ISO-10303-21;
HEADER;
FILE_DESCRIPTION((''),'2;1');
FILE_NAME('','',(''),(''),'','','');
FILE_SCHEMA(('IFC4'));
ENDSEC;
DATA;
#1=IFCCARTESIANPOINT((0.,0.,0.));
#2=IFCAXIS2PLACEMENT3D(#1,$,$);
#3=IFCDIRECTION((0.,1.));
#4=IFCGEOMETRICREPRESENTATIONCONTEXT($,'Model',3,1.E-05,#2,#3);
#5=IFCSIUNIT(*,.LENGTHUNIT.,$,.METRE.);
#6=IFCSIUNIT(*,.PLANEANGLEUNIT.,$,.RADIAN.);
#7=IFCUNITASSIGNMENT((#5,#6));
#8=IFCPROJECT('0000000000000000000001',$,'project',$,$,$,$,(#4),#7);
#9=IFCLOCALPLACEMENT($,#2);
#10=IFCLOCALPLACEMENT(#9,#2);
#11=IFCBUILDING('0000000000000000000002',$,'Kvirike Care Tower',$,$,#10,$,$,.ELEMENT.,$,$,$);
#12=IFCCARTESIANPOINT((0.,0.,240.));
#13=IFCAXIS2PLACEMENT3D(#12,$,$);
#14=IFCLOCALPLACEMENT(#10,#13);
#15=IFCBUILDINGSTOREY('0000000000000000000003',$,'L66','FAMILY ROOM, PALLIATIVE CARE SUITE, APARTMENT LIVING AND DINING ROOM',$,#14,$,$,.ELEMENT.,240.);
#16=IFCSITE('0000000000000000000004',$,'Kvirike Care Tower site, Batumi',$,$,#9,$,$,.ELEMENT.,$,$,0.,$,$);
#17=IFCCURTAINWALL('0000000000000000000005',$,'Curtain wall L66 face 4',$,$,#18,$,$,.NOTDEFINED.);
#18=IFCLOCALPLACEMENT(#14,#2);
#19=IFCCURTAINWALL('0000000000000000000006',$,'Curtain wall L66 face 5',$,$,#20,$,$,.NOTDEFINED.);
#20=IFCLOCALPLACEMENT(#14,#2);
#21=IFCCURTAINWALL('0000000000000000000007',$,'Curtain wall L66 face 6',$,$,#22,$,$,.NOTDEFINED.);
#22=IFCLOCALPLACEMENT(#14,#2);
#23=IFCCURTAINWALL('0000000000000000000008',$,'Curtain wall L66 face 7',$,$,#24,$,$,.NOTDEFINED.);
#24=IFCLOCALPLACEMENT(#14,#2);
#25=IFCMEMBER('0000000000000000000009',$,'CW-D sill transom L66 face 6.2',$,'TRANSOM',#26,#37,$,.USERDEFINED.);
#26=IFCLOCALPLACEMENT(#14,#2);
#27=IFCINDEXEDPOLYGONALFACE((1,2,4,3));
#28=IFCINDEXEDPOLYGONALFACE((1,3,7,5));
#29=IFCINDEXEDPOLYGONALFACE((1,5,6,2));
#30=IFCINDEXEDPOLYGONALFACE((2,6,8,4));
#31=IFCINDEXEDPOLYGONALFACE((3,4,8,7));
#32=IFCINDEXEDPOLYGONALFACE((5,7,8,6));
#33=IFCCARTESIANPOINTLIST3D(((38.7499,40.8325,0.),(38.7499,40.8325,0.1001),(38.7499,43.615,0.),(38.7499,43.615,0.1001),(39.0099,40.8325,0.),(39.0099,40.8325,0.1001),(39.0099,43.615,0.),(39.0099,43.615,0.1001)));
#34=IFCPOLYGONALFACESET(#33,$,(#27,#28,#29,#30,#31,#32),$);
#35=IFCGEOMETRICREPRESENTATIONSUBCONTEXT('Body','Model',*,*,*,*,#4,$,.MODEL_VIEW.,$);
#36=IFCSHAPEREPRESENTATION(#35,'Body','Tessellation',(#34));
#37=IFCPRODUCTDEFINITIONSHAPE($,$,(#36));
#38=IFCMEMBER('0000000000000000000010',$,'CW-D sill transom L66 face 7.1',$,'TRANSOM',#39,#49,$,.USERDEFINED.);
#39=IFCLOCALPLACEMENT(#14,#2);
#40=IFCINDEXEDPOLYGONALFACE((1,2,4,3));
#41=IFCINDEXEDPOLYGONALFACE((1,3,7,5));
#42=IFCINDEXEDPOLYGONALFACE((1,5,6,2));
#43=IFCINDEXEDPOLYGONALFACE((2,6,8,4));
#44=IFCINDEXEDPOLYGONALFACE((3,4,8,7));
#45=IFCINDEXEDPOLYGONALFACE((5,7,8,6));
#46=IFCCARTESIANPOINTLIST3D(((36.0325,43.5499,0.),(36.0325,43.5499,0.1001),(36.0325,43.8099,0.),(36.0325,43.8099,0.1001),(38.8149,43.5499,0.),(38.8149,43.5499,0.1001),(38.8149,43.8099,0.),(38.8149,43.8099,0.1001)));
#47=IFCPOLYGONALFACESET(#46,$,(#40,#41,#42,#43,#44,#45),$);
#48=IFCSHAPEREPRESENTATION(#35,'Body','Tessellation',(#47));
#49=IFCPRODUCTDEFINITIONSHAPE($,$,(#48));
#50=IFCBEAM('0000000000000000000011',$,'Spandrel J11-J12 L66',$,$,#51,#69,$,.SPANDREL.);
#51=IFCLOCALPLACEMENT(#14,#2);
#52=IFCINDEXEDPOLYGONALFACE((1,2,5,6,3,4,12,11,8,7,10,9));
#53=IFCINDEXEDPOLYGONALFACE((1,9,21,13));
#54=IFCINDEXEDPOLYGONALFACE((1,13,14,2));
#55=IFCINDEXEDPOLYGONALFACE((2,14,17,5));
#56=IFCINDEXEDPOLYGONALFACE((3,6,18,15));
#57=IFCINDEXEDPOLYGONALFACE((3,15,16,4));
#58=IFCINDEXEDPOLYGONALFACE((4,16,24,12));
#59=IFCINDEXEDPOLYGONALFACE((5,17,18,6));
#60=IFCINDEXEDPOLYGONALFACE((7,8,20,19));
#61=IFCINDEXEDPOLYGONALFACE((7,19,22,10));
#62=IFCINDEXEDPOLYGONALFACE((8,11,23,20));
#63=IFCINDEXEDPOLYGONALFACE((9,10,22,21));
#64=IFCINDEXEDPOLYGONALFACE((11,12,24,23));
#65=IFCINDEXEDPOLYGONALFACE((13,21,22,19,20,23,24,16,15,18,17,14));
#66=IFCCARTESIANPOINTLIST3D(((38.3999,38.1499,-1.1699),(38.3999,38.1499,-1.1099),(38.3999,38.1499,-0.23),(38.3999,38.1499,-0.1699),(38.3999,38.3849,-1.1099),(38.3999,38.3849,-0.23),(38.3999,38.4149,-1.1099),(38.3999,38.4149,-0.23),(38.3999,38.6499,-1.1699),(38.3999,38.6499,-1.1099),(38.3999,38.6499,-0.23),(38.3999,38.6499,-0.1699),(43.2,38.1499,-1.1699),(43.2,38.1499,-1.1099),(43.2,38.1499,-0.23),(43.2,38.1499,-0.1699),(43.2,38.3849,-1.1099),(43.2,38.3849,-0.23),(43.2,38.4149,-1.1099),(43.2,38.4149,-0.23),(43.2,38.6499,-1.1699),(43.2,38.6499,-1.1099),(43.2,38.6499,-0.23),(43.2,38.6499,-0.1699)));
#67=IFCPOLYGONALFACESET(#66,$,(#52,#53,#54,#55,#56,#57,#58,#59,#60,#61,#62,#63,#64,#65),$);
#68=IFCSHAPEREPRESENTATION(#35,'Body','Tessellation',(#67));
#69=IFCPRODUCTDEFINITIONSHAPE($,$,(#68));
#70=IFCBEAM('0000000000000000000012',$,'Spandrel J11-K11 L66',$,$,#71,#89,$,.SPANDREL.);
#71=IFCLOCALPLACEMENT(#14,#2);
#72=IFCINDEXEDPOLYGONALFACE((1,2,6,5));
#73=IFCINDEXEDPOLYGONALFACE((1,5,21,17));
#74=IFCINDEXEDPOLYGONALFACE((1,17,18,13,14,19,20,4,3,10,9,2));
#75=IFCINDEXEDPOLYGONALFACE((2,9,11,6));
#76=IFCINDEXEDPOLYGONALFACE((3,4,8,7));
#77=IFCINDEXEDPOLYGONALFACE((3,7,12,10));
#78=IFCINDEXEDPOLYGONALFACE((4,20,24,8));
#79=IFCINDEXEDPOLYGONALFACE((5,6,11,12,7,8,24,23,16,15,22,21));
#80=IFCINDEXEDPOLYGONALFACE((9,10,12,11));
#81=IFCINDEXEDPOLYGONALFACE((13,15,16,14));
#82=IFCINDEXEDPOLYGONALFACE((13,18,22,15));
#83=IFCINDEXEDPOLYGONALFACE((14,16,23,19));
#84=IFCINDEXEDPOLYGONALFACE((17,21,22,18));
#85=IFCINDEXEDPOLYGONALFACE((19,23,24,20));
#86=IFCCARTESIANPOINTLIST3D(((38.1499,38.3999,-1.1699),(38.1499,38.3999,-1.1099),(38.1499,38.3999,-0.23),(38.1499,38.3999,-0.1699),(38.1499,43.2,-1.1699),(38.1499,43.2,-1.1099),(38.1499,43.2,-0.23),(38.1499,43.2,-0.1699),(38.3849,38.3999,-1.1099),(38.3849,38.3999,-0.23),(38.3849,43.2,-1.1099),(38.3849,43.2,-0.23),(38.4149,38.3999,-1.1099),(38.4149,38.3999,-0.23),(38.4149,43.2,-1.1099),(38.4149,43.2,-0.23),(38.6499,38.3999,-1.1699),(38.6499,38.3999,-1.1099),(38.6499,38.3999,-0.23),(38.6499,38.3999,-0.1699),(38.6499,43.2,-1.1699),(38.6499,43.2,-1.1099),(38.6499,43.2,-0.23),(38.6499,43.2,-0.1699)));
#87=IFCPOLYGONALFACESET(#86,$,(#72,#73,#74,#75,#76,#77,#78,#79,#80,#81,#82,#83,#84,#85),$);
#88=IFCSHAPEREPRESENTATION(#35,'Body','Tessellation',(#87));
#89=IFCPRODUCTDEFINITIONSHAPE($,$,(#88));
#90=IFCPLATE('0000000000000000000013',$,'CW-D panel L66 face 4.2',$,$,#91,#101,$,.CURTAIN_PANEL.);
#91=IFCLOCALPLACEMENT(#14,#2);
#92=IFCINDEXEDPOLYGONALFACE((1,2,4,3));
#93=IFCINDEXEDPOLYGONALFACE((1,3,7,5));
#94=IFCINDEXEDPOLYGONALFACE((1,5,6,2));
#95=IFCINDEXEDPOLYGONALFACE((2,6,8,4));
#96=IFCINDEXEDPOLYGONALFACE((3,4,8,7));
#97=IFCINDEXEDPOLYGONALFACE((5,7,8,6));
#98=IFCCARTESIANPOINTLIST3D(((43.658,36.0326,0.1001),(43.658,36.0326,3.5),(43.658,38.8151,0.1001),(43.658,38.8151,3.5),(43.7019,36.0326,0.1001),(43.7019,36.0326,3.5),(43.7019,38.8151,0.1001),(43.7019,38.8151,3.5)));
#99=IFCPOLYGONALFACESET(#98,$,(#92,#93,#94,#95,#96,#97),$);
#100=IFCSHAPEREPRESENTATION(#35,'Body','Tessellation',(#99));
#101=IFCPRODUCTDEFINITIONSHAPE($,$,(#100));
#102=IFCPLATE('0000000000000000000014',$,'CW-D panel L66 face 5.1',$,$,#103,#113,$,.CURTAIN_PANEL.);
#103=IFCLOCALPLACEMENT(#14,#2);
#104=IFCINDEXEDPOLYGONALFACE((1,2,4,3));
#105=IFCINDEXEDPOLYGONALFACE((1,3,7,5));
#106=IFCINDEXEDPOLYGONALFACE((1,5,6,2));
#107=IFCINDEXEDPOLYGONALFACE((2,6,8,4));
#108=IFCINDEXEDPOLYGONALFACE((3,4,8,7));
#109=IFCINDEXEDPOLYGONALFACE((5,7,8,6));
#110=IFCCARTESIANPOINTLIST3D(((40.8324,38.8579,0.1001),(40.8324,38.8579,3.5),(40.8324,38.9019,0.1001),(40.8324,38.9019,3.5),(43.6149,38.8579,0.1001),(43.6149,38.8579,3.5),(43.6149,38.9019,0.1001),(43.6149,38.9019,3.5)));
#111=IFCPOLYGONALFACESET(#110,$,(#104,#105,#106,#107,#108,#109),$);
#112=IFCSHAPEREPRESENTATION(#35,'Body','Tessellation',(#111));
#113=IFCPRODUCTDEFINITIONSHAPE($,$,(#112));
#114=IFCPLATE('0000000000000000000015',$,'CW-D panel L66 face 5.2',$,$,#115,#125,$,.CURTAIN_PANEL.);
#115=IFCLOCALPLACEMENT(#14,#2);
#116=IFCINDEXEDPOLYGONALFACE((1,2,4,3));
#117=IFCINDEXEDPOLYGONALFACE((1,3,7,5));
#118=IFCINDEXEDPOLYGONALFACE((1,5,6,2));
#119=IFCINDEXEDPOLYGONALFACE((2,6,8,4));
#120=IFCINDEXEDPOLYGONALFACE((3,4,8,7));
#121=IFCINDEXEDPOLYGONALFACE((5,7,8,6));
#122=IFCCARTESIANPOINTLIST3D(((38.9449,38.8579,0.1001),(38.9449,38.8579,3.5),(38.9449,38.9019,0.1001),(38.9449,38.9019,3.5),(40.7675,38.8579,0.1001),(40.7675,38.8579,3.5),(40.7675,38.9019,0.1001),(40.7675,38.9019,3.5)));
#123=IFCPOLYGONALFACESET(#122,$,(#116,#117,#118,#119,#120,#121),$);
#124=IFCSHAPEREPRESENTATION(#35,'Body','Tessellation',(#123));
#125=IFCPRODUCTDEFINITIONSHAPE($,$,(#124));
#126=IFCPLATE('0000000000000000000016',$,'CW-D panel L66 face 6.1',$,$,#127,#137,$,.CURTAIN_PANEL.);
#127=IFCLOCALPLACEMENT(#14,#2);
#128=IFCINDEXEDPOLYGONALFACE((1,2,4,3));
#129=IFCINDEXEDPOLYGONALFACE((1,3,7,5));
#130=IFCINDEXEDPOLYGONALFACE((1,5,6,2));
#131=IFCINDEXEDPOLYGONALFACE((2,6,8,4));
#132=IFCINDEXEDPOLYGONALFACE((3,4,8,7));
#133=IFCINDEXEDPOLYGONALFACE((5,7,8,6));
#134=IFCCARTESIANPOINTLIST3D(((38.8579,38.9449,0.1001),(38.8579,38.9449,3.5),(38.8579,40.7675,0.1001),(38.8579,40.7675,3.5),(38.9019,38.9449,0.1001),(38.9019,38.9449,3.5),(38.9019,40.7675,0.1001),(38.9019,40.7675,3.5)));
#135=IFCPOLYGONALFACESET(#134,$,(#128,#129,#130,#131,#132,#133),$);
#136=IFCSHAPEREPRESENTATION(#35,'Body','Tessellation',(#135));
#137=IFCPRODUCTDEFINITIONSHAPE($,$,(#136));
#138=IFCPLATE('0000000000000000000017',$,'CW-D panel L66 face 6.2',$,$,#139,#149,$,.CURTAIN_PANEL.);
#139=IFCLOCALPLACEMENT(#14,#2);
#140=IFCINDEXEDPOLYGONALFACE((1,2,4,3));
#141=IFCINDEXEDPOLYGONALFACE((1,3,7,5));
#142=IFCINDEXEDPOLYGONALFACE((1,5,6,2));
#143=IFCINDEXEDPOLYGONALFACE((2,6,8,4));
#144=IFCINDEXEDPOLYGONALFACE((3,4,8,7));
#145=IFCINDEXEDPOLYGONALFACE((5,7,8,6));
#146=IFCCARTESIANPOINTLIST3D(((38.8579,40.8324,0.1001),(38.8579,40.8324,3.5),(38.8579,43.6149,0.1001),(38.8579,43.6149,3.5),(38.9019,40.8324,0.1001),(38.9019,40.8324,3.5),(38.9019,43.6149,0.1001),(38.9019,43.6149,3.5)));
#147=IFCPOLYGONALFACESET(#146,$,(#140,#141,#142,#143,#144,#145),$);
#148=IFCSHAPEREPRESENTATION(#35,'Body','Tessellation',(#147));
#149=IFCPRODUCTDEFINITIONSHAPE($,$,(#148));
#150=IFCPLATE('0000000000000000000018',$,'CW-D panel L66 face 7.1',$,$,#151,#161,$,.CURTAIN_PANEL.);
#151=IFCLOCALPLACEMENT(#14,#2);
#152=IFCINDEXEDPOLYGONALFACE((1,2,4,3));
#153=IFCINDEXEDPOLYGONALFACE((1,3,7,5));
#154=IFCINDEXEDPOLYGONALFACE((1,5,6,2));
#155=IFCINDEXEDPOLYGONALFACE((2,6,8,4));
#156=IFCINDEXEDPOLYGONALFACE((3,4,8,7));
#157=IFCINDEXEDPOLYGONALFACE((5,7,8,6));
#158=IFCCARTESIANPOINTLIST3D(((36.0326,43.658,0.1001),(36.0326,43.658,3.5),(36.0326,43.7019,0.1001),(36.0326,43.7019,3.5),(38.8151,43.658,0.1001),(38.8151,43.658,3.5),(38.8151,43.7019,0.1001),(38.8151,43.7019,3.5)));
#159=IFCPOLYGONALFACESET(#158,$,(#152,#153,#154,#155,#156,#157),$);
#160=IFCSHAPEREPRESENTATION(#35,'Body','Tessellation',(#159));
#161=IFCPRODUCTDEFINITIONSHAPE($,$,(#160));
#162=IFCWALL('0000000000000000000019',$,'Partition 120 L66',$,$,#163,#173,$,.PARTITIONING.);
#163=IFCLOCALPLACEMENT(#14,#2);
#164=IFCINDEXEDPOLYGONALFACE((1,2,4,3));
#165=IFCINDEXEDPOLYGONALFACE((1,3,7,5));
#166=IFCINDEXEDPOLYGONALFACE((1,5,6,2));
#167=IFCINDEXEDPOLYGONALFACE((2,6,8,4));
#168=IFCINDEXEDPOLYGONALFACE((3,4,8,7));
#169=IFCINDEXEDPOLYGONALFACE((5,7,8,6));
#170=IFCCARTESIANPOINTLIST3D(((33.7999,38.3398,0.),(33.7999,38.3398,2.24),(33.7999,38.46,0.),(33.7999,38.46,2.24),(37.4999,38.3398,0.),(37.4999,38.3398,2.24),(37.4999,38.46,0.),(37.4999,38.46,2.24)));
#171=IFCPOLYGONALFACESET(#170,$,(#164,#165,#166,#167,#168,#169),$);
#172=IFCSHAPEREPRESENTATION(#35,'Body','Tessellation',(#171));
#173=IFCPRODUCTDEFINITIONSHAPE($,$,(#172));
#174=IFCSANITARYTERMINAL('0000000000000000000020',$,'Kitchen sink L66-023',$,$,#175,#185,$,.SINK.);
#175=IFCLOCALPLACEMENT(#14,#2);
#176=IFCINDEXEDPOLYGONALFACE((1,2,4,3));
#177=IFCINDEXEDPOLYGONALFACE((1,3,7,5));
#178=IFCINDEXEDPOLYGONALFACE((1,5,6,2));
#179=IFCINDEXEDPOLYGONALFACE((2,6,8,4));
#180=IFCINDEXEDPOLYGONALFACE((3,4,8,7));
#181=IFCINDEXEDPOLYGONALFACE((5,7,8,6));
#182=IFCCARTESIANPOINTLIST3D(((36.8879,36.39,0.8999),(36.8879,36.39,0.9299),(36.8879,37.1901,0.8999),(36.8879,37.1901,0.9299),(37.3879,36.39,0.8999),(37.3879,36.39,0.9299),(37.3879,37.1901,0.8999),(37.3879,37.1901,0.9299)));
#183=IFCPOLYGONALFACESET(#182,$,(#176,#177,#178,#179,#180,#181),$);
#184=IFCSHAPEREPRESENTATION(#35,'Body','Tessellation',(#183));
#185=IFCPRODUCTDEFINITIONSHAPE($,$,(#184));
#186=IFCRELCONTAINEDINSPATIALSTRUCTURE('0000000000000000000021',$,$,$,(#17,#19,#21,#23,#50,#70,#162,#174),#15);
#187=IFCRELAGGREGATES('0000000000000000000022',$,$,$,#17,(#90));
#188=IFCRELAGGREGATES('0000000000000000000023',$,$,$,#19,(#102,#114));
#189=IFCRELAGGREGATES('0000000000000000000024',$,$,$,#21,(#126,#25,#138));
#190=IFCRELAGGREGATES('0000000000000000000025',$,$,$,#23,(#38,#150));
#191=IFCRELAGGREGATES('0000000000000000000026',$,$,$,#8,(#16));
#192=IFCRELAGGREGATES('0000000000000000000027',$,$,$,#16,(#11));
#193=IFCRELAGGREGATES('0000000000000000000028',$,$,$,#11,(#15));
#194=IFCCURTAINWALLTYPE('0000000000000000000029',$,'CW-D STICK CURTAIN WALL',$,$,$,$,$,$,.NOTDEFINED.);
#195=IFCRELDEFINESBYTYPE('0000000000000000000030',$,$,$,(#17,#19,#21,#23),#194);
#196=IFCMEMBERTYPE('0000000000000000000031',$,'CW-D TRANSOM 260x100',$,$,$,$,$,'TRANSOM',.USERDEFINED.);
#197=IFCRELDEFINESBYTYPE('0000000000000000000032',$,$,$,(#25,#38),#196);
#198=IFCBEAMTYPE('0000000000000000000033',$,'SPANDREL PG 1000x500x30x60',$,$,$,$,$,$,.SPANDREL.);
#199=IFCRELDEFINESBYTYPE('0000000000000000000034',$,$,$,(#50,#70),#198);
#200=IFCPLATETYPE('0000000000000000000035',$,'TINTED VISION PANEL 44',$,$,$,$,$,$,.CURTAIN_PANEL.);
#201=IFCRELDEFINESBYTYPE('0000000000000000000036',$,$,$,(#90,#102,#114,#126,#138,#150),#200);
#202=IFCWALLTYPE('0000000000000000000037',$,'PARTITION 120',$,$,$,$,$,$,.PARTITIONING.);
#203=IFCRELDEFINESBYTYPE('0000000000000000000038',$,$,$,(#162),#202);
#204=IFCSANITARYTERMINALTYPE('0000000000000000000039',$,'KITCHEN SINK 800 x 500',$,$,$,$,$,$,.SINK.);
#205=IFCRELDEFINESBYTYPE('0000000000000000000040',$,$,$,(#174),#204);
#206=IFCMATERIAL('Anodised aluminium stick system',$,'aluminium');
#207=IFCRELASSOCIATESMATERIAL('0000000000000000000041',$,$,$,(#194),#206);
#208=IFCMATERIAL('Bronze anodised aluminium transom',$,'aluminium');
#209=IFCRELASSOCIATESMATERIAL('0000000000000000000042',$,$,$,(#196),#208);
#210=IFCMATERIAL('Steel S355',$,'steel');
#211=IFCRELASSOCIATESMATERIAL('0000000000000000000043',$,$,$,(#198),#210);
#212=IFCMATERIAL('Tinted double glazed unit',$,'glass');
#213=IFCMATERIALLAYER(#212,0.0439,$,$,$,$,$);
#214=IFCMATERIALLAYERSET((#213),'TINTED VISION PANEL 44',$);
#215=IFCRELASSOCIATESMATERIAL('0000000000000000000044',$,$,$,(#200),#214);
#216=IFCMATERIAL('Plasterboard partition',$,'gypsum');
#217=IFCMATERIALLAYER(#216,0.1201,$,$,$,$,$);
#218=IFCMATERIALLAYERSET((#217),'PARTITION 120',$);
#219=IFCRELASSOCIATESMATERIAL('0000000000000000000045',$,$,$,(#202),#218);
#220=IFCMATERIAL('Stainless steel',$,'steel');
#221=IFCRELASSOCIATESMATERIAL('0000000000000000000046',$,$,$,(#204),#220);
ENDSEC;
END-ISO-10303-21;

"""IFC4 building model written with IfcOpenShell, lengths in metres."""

from ifc_helpers import new_model, si_unit, direction, frame, frame_2d, origin, origin_2d, place, context, subcontext, project, spatial, rectangle, i_section, extrude, material, layer, layer_set, material_profile, profile_set, type_object, element, aggregate, save


model = new_model("IFC4")

# Units and contexts
model_context = context("Model", 3, precision=1e-05, world=origin(), true_north=direction((0.0, 1.0)))
body_context = subcontext(model_context, "Body", "Model", "MODEL_VIEW")
ifc_project = project(units=[si_unit("LENGTHUNIT", "METRE"), si_unit("PLANEANGLEUNIT", "RADIAN")], contexts=[model_context])

# Site, building, storey
site_placement = place(None, origin())
site = spatial("IfcSite", under=ifc_project, at=site_placement, Name="Kvirike Care Tower site, Batumi", CompositionType="ELEMENT", RefElevation=0.0)
building_placement = place(site_placement, origin())
building = spatial("IfcBuilding", under=site, at=building_placement, Name="Kvirike Care Tower", CompositionType="ELEMENT")
storey_placement = place(building_placement, frame((0.0, 0.0, 240.0)))
storey = spatial("IfcBuildingStorey", under=building, at=storey_placement, Name="L66", Description="FAMILY ROOM, PALLIATIVE CARE SUITE, APARTMENT LIVING AND DINING ROOM", CompositionType="ELEMENT", Elevation=240.0)

# Curtain wall
ifc_material_1 = material(Name="Anodised aluminium stick system", Category="aluminium")
curtain_wall_type = type_object("IfcCurtainWallType", Name="CW-D STICK CURTAIN WALL", PredefinedType="NOTDEFINED", material=ifc_material_1)
curtain_wall_1_placement = place(storey_placement, origin())
curtain_wall_1 = element("IfcCurtainWall", 1, at=curtain_wall_1_placement, inside=storey, type_object=curtain_wall_type, Name="Curtain wall L66 face 4", PredefinedType="NOTDEFINED")

# Curtain walls
curtain_wall_2_placement = place(storey_placement, origin())
curtain_wall_2 = element("IfcCurtainWall", 2, at=curtain_wall_2_placement, inside=storey, type_object=curtain_wall_type, Name="Curtain wall L66 face 5", PredefinedType="NOTDEFINED")
curtain_wall_3_placement = place(storey_placement, origin())
curtain_wall_3 = element("IfcCurtainWall", 3, at=curtain_wall_3_placement, inside=storey, type_object=curtain_wall_type, Name="Curtain wall L66 face 6", PredefinedType="NOTDEFINED")

# Curtain wall
curtain_wall_4_placement = place(storey_placement, origin())
curtain_wall_4 = element("IfcCurtainWall", 4, at=curtain_wall_4_placement, inside=storey, type_object=curtain_wall_type, Name="Curtain wall L66 face 7", PredefinedType="NOTDEFINED")

# Members
ifc_material_2 = material(Name="Bronze anodised aluminium transom", Category="aluminium")
ifc_material_profile_1 = material_profile(ifc_material_2, rectangle(XDim=0.26, YDim=0.1001, at=origin_2d()), Name="CW-D TRANSOM 260x100")
ifc_profile_set_1 = profile_set([ifc_material_profile_1], Name="Bronze anodised aluminium transom")
member_type_1 = type_object("IfcMemberType", Name="CW-D TRANSOM 260x100", ElementType="TRANSOM", PredefinedType="USERDEFINED", material=ifc_profile_set_1)
member_1_placement = place(storey_placement, frame((38.8799, 40.8325, 0.05), z_axis=(0.0, 1.0, 0.0), x_axis=(-1.0, 0.0, 0.0)))
member_1 = element("IfcMember", 5, at=member_1_placement, type_object=member_type_1, Name="CW-D sill transom L66 face 6.2", ObjectType="TRANSOM", PredefinedType="USERDEFINED", context=body_context, shape_type="SweptSolid", body=[
    extrude(rectangle(XDim=0.26, YDim=0.1001, at=origin_2d()), origin(), (0.0, 0.0, 1.0), 2.7825),
])
member_2_placement = place(storey_placement, frame((38.8149, 43.6799, 0.05), z_axis=(-1.0, 0.0, 0.0), x_axis=(0.0, -1.0, 0.0)))
member_2 = element("IfcMember", 6, at=member_2_placement, type_object=member_type_1, Name="CW-D sill transom L66 face 7.1", ObjectType="TRANSOM", PredefinedType="USERDEFINED", context=body_context, shape_type="SweptSolid", body=[
    extrude(rectangle(XDim=0.26, YDim=0.1001, at=origin_2d()), origin(), (0.0, 0.0, 1.0), 2.7825),
])

# Beams
ifc_material_3 = material(Name="Steel S355", Category="steel")
ifc_material_profile_2 = material_profile(ifc_material_3, i_section(OverallWidth=0.5, OverallDepth=1.0, WebThickness=0.03, FlangeThickness=0.0601, at=origin_2d()), Name="PG 1000x500x30x60")
ifc_profile_set_2 = profile_set([ifc_material_profile_2], Name="Steel S355")
beam_type = type_object("IfcBeamType", Name="SPANDREL PG 1000x500x30x60", PredefinedType="SPANDREL", material=ifc_profile_set_2)
for number, where, z_axis, x_axis, name in (
    (7, (38.3999, 38.3999, -0.6699), (1.0, 0.0, 0.0), (0.0, 1.0, 0.0), "Spandrel J11-J12 L66"),
    (8, (38.3999, 38.3999, -0.6699), (0.0, 1.0, 0.0), (-1.0, 0.0, 0.0), "Spandrel J11-K11 L66"),
):
    element("IfcBeam", number, at=place(storey_placement, frame(where, z_axis=z_axis, x_axis=x_axis)), inside=storey, type_object=beam_type, Name=name, PredefinedType="SPANDREL", context=body_context, shape_type="SweptSolid", body=[
        extrude(i_section(OverallWidth=0.5, OverallDepth=1.0, WebThickness=0.03, FlangeThickness=0.0601, at=origin_2d()), origin(), (0.0, 0.0, 1.0), 4.8),
    ])

# Plates
ifc_material_4 = material(Name="Tinted double glazed unit", Category="glass")
ifc_layer_1 = layer(ifc_material_4, 0.0439)
ifc_layer_set_1 = layer_set([ifc_layer_1], Name="TINTED VISION PANEL 44")
plate_type = type_object("IfcPlateType", Name="TINTED VISION PANEL 44", PredefinedType="CURTAIN_PANEL", material=ifc_layer_set_1)
plate_1_placement = place(storey_placement, frame((43.6799, 37.4238, 0.1001), z_axis=(0.0, 0.0, 1.0), x_axis=(0.0, 1.0, 0.0)))
plate_1 = element("IfcPlate", 9, at=plate_1_placement, type_object=plate_type, Name="CW-D panel L66 face 4.2", PredefinedType="CURTAIN_PANEL", context=body_context, shape_type="SweptSolid", body=[
    extrude(rectangle(XDim=2.7825, YDim=0.0439, at=origin_2d()), origin(), (0.0, 0.0, 1.0), 3.3999),
])
aggregate(curtain_wall_1, [plate_1])
plate_2_placement = place(storey_placement, frame((42.2236, 38.8799, 0.1001), z_axis=(0.0, 0.0, 1.0), x_axis=(-1.0, 0.0, 0.0)))
plate_2 = element("IfcPlate", 10, at=plate_2_placement, type_object=plate_type, Name="CW-D panel L66 face 5.1", PredefinedType="CURTAIN_PANEL", context=body_context, shape_type="SweptSolid", body=[
    extrude(rectangle(XDim=2.7825, YDim=0.0439, at=origin_2d()), origin(), (0.0, 0.0, 1.0), 3.3999),
])
plate_3_placement = place(storey_placement, frame((39.8562, 38.8799, 0.1001), z_axis=(0.0, 0.0, 1.0), x_axis=(-1.0, 0.0, 0.0)))
plate_3 = element("IfcPlate", 11, at=plate_3_placement, type_object=plate_type, Name="CW-D panel L66 face 5.2", PredefinedType="CURTAIN_PANEL", context=body_context, shape_type="SweptSolid", body=[
    extrude(rectangle(XDim=1.8225, YDim=0.0439, at=origin_2d()), origin(), (0.0, 0.0, 1.0), 3.3999),
])
aggregate(curtain_wall_2, [plate_2, plate_3])
plate_4_placement = place(storey_placement, frame((38.8799, 39.8562, 0.1001), z_axis=(0.0, 0.0, 1.0), x_axis=(0.0, 1.0, 0.0)))
plate_4 = element("IfcPlate", 12, at=plate_4_placement, type_object=plate_type, Name="CW-D panel L66 face 6.1", PredefinedType="CURTAIN_PANEL", context=body_context, shape_type="SweptSolid", body=[
    extrude(rectangle(XDim=1.8225, YDim=0.0439, at=origin_2d()), origin(), (0.0, 0.0, 1.0), 3.3999),
])
plate_5_placement = place(storey_placement, frame((38.8799, 42.2236, 0.1001), z_axis=(0.0, 0.0, 1.0), x_axis=(0.0, 1.0, 0.0)))
plate_5 = element("IfcPlate", 13, at=plate_5_placement, type_object=plate_type, Name="CW-D panel L66 face 6.2", PredefinedType="CURTAIN_PANEL", context=body_context, shape_type="SweptSolid", body=[
    extrude(rectangle(XDim=2.7825, YDim=0.0439, at=origin_2d()), origin(), (0.0, 0.0, 1.0), 3.3999),
])
aggregate(curtain_wall_3, [plate_4, member_1, plate_5])
plate_6_placement = place(storey_placement, frame((37.4238, 43.6799, 0.1001), z_axis=(0.0, 0.0, 1.0), x_axis=(-1.0, 0.0, 0.0)))
plate_6 = element("IfcPlate", 14, at=plate_6_placement, type_object=plate_type, Name="CW-D panel L66 face 7.1", PredefinedType="CURTAIN_PANEL", context=body_context, shape_type="SweptSolid", body=[
    extrude(rectangle(XDim=2.7825, YDim=0.0439, at=origin_2d()), origin(), (0.0, 0.0, 1.0), 3.3999),
])
aggregate(curtain_wall_4, [member_2, plate_6])

# Wall
ifc_material_5 = material(Name="Plasterboard partition", Category="gypsum")
ifc_layer_2 = layer(ifc_material_5, 0.1201)
ifc_layer_set_2 = layer_set([ifc_layer_2], Name="PARTITION 120")
wall_type = type_object("IfcWallType", Name="PARTITION 120", PredefinedType="PARTITIONING", material=ifc_layer_set_2)
wall_placement = place(storey_placement, frame((37.5, 38.3999, 0.0), z_axis=(0.0, 0.0, 1.0), x_axis=(-1.0, 0.0, 0.0)))
element("IfcWall", 15, at=wall_placement, inside=storey, type_object=wall_type, Name="Partition 120 L66", PredefinedType="PARTITIONING", context=body_context, shape_type="SweptSolid", body=[
    extrude(rectangle(XDim=3.7, YDim=0.1201, at=frame_2d((1.8501, 0.0))), origin(), (0.0, 0.0, 1.0), 2.24),
])

# Sanitary terminal
ifc_material_6 = material(Name="Stainless steel", Category="steel")
sanitary_terminal_type = type_object("IfcSanitaryTerminalType", Name="KITCHEN SINK 800 x 500", PredefinedType="SINK", material=ifc_material_6)
sanitary_terminal_placement = place(storey_placement, frame((37.1379, 36.79, 0.8999), z_axis=(0.0, 0.0, 1.0), x_axis=(0.0, -1.0, 0.0)))
element("IfcSanitaryTerminal", 16, at=sanitary_terminal_placement, inside=storey, type_object=sanitary_terminal_type, Name="Kitchen sink L66-023", PredefinedType="SINK", context=body_context, shape_type="SweptSolid", body=[
    extrude(rectangle(XDim=0.8, YDim=0.5, at=origin_2d()), origin(), (0.0, 0.0, 1.0), 0.03),
])

save(model, "model.ifc")
